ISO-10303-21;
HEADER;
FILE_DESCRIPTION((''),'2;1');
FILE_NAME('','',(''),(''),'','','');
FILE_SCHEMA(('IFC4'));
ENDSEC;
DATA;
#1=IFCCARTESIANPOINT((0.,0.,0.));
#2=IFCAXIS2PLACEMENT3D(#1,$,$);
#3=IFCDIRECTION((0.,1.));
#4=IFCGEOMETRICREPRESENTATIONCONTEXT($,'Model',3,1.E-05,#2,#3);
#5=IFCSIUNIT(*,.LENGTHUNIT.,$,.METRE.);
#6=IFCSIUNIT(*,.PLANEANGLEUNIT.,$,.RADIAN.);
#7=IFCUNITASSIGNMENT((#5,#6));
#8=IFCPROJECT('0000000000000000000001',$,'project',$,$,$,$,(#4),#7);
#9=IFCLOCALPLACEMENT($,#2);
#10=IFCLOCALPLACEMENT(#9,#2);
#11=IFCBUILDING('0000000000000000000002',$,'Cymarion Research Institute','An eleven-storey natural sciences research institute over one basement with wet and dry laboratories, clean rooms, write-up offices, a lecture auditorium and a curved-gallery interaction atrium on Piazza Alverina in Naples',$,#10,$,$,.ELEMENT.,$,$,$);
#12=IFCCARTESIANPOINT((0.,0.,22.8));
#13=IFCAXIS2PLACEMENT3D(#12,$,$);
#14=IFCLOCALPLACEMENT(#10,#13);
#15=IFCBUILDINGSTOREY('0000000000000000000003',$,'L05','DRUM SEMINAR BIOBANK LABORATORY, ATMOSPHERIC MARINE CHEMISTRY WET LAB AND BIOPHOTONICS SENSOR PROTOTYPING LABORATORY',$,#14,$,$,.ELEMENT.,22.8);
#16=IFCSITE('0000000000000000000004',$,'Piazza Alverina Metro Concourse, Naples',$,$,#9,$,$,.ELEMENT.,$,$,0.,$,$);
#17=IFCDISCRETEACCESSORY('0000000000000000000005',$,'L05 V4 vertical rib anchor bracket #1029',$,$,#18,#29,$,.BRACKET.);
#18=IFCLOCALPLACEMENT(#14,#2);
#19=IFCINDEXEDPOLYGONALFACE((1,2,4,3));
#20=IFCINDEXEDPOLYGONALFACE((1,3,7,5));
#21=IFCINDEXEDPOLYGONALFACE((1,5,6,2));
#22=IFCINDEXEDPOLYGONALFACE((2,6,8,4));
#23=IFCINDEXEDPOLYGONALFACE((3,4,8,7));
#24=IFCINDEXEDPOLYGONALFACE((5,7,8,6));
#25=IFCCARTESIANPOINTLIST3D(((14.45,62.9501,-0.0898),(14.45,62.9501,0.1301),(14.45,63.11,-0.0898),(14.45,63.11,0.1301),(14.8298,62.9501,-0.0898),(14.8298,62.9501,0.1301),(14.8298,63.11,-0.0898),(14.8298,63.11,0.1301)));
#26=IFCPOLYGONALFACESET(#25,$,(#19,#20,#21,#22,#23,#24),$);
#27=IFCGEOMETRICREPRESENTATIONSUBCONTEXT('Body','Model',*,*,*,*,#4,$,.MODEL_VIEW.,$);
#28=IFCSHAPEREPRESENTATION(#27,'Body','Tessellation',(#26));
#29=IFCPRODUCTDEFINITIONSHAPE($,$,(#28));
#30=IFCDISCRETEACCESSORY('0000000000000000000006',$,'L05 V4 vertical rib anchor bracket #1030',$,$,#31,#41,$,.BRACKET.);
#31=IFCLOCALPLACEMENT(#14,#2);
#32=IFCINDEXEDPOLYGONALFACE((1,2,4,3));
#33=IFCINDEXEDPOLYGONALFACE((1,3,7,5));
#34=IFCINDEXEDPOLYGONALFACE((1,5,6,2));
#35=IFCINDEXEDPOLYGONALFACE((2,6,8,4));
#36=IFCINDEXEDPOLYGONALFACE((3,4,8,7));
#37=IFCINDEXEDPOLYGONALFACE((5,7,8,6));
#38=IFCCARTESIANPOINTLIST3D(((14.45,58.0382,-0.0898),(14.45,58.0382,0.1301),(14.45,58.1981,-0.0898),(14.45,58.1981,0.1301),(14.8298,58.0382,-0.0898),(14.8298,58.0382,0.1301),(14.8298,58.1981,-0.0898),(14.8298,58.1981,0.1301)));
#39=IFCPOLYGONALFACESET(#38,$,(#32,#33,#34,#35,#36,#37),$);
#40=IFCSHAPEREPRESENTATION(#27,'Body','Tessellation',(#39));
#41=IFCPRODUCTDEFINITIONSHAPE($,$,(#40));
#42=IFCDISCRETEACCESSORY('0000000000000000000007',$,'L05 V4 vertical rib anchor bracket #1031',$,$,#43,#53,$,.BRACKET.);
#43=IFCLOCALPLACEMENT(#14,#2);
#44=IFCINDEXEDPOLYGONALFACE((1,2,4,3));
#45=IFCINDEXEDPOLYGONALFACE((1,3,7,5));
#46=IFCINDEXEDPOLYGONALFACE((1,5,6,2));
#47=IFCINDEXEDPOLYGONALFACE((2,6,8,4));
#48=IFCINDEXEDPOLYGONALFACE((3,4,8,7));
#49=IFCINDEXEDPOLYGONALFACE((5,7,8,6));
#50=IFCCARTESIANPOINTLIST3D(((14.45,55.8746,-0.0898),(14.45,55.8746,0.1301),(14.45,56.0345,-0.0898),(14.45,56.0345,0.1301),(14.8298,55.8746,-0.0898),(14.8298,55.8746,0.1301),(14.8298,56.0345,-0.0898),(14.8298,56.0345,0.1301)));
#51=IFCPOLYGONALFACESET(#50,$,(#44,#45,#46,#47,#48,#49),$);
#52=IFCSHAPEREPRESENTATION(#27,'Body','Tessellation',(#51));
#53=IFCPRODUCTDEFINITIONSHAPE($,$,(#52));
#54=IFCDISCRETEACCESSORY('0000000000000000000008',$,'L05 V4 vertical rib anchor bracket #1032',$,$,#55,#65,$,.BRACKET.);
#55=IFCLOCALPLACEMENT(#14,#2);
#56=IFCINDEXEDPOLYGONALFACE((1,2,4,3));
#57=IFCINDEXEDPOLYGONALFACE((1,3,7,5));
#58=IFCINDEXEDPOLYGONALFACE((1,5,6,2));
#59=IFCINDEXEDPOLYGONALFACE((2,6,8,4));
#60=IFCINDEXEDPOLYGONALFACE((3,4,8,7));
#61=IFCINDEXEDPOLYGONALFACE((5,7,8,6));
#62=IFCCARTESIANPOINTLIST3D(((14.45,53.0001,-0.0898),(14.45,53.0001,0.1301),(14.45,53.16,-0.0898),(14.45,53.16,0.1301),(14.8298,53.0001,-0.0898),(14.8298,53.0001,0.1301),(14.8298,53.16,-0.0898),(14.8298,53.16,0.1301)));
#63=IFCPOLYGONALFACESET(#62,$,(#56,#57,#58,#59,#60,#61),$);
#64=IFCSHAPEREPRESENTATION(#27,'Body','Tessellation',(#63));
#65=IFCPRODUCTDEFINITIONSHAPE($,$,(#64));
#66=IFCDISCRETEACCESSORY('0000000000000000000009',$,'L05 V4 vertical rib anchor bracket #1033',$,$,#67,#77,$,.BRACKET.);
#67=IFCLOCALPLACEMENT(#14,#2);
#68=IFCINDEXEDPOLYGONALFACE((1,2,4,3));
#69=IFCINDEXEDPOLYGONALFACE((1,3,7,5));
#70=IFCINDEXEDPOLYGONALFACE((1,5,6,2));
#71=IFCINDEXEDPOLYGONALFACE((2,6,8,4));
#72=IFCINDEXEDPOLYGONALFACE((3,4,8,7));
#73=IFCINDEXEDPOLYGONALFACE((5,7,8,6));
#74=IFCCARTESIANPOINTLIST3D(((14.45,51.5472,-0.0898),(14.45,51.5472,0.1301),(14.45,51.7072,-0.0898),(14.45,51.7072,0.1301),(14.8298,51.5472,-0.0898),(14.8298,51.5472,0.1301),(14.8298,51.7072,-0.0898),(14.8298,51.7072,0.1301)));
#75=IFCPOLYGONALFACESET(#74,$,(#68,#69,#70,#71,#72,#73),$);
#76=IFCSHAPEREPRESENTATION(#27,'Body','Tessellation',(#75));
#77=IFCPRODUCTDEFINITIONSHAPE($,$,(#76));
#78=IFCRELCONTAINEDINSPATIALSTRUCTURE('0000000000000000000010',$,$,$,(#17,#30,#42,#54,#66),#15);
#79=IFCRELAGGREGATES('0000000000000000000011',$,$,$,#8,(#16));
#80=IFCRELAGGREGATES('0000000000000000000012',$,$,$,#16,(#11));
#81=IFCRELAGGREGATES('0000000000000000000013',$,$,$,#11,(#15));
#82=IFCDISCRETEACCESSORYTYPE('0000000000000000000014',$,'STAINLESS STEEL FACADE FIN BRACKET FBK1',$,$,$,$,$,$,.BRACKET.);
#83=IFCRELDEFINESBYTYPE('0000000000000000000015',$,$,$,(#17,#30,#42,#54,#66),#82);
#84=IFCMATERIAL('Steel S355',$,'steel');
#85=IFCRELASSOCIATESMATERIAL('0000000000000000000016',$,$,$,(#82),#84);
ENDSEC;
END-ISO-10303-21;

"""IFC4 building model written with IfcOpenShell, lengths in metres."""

from ifc_helpers import new_model, si_unit, direction, frame, origin, origin_2d, place, context, subcontext, project, spatial, rectangle, extrude, material, type_object, element, save


model = new_model("IFC4")

# Units and contexts
model_context = context("Model", 3, precision=1e-05, world=origin(), true_north=direction((0.0, 1.0)))
body_context = subcontext(model_context, "Body", "Model", "MODEL_VIEW")
ifc_project = project(units=[si_unit("LENGTHUNIT", "METRE"), si_unit("PLANEANGLEUNIT", "RADIAN")], contexts=[model_context])

# Site, building, storey
site_placement = place(None, origin())
site = spatial("IfcSite", under=ifc_project, at=site_placement, Name="Piazza Alverina Metro Concourse, Naples", CompositionType="ELEMENT", RefElevation=0.0)
building_placement = place(site_placement, origin())
building = spatial("IfcBuilding", under=site, at=building_placement, Name="Cymarion Research Institute", Description="An eleven-storey natural sciences research institute over one basement with wet and dry laboratories, clean rooms, write-up offices, a lecture auditorium and a curved-gallery interaction atrium on Piazza Alverina in Naples", CompositionType="ELEMENT")
storey_placement = place(building_placement, frame((0.0, 0.0, 22.8)))
storey = spatial("IfcBuildingStorey", under=building, at=storey_placement, Name="L05", Description="DRUM SEMINAR BIOBANK LABORATORY, ATMOSPHERIC MARINE CHEMISTRY WET LAB AND BIOPHOTONICS SENSOR PROTOTYPING LABORATORY", CompositionType="ELEMENT", Elevation=22.8)

# Shared definitions
ifc_material_1 = material(Name="Steel S355", Category="steel")

# Discrete accessories
discrete_accessory_type = type_object("IfcDiscreteAccessoryType", Name="STAINLESS STEEL FACADE FIN BRACKET FBK1", PredefinedType="BRACKET", material=ifc_material_1)
for number, where, z_axis, x_axis, name in (
    (1, (14.6399, 63.03, -0.0898), (0.0, 0.0, 1.0), (-1.0, 0.0, 0.0), "L05 V4 vertical rib anchor bracket #1029"),
    (2, (14.6399, 58.1182, -0.0898), (0.0, 0.0, 1.0), (-1.0, 0.0, 0.0), "L05 V4 vertical rib anchor bracket #1030"),
    (3, (14.6399, 55.9546, -0.0898), (0.0, 0.0, 1.0), (-1.0, 0.0, 0.0), "L05 V4 vertical rib anchor bracket #1031"),
    (4, (14.6399, 53.0801, -0.0898), (0.0, 0.0, 1.0), (-1.0, 0.0, 0.0), "L05 V4 vertical rib anchor bracket #1032"),
    (5, (14.6399, 51.6272, -0.0898), (0.0, 0.0, 1.0), (-1.0, 0.0, 0.0), "L05 V4 vertical rib anchor bracket #1033"),
):
    element("IfcDiscreteAccessory", number, at=place(storey_placement, frame(where, z_axis=z_axis, x_axis=x_axis)), inside=storey, type_object=discrete_accessory_type, Name=name, PredefinedType="BRACKET", context=body_context, shape_type="SweptSolid", body=[
        extrude(rectangle(XDim=0.3799, YDim=0.1599, at=origin_2d()), origin(), (0.0, 0.0, 1.0), 0.22),
    ])

save(model, "model.ifc")
